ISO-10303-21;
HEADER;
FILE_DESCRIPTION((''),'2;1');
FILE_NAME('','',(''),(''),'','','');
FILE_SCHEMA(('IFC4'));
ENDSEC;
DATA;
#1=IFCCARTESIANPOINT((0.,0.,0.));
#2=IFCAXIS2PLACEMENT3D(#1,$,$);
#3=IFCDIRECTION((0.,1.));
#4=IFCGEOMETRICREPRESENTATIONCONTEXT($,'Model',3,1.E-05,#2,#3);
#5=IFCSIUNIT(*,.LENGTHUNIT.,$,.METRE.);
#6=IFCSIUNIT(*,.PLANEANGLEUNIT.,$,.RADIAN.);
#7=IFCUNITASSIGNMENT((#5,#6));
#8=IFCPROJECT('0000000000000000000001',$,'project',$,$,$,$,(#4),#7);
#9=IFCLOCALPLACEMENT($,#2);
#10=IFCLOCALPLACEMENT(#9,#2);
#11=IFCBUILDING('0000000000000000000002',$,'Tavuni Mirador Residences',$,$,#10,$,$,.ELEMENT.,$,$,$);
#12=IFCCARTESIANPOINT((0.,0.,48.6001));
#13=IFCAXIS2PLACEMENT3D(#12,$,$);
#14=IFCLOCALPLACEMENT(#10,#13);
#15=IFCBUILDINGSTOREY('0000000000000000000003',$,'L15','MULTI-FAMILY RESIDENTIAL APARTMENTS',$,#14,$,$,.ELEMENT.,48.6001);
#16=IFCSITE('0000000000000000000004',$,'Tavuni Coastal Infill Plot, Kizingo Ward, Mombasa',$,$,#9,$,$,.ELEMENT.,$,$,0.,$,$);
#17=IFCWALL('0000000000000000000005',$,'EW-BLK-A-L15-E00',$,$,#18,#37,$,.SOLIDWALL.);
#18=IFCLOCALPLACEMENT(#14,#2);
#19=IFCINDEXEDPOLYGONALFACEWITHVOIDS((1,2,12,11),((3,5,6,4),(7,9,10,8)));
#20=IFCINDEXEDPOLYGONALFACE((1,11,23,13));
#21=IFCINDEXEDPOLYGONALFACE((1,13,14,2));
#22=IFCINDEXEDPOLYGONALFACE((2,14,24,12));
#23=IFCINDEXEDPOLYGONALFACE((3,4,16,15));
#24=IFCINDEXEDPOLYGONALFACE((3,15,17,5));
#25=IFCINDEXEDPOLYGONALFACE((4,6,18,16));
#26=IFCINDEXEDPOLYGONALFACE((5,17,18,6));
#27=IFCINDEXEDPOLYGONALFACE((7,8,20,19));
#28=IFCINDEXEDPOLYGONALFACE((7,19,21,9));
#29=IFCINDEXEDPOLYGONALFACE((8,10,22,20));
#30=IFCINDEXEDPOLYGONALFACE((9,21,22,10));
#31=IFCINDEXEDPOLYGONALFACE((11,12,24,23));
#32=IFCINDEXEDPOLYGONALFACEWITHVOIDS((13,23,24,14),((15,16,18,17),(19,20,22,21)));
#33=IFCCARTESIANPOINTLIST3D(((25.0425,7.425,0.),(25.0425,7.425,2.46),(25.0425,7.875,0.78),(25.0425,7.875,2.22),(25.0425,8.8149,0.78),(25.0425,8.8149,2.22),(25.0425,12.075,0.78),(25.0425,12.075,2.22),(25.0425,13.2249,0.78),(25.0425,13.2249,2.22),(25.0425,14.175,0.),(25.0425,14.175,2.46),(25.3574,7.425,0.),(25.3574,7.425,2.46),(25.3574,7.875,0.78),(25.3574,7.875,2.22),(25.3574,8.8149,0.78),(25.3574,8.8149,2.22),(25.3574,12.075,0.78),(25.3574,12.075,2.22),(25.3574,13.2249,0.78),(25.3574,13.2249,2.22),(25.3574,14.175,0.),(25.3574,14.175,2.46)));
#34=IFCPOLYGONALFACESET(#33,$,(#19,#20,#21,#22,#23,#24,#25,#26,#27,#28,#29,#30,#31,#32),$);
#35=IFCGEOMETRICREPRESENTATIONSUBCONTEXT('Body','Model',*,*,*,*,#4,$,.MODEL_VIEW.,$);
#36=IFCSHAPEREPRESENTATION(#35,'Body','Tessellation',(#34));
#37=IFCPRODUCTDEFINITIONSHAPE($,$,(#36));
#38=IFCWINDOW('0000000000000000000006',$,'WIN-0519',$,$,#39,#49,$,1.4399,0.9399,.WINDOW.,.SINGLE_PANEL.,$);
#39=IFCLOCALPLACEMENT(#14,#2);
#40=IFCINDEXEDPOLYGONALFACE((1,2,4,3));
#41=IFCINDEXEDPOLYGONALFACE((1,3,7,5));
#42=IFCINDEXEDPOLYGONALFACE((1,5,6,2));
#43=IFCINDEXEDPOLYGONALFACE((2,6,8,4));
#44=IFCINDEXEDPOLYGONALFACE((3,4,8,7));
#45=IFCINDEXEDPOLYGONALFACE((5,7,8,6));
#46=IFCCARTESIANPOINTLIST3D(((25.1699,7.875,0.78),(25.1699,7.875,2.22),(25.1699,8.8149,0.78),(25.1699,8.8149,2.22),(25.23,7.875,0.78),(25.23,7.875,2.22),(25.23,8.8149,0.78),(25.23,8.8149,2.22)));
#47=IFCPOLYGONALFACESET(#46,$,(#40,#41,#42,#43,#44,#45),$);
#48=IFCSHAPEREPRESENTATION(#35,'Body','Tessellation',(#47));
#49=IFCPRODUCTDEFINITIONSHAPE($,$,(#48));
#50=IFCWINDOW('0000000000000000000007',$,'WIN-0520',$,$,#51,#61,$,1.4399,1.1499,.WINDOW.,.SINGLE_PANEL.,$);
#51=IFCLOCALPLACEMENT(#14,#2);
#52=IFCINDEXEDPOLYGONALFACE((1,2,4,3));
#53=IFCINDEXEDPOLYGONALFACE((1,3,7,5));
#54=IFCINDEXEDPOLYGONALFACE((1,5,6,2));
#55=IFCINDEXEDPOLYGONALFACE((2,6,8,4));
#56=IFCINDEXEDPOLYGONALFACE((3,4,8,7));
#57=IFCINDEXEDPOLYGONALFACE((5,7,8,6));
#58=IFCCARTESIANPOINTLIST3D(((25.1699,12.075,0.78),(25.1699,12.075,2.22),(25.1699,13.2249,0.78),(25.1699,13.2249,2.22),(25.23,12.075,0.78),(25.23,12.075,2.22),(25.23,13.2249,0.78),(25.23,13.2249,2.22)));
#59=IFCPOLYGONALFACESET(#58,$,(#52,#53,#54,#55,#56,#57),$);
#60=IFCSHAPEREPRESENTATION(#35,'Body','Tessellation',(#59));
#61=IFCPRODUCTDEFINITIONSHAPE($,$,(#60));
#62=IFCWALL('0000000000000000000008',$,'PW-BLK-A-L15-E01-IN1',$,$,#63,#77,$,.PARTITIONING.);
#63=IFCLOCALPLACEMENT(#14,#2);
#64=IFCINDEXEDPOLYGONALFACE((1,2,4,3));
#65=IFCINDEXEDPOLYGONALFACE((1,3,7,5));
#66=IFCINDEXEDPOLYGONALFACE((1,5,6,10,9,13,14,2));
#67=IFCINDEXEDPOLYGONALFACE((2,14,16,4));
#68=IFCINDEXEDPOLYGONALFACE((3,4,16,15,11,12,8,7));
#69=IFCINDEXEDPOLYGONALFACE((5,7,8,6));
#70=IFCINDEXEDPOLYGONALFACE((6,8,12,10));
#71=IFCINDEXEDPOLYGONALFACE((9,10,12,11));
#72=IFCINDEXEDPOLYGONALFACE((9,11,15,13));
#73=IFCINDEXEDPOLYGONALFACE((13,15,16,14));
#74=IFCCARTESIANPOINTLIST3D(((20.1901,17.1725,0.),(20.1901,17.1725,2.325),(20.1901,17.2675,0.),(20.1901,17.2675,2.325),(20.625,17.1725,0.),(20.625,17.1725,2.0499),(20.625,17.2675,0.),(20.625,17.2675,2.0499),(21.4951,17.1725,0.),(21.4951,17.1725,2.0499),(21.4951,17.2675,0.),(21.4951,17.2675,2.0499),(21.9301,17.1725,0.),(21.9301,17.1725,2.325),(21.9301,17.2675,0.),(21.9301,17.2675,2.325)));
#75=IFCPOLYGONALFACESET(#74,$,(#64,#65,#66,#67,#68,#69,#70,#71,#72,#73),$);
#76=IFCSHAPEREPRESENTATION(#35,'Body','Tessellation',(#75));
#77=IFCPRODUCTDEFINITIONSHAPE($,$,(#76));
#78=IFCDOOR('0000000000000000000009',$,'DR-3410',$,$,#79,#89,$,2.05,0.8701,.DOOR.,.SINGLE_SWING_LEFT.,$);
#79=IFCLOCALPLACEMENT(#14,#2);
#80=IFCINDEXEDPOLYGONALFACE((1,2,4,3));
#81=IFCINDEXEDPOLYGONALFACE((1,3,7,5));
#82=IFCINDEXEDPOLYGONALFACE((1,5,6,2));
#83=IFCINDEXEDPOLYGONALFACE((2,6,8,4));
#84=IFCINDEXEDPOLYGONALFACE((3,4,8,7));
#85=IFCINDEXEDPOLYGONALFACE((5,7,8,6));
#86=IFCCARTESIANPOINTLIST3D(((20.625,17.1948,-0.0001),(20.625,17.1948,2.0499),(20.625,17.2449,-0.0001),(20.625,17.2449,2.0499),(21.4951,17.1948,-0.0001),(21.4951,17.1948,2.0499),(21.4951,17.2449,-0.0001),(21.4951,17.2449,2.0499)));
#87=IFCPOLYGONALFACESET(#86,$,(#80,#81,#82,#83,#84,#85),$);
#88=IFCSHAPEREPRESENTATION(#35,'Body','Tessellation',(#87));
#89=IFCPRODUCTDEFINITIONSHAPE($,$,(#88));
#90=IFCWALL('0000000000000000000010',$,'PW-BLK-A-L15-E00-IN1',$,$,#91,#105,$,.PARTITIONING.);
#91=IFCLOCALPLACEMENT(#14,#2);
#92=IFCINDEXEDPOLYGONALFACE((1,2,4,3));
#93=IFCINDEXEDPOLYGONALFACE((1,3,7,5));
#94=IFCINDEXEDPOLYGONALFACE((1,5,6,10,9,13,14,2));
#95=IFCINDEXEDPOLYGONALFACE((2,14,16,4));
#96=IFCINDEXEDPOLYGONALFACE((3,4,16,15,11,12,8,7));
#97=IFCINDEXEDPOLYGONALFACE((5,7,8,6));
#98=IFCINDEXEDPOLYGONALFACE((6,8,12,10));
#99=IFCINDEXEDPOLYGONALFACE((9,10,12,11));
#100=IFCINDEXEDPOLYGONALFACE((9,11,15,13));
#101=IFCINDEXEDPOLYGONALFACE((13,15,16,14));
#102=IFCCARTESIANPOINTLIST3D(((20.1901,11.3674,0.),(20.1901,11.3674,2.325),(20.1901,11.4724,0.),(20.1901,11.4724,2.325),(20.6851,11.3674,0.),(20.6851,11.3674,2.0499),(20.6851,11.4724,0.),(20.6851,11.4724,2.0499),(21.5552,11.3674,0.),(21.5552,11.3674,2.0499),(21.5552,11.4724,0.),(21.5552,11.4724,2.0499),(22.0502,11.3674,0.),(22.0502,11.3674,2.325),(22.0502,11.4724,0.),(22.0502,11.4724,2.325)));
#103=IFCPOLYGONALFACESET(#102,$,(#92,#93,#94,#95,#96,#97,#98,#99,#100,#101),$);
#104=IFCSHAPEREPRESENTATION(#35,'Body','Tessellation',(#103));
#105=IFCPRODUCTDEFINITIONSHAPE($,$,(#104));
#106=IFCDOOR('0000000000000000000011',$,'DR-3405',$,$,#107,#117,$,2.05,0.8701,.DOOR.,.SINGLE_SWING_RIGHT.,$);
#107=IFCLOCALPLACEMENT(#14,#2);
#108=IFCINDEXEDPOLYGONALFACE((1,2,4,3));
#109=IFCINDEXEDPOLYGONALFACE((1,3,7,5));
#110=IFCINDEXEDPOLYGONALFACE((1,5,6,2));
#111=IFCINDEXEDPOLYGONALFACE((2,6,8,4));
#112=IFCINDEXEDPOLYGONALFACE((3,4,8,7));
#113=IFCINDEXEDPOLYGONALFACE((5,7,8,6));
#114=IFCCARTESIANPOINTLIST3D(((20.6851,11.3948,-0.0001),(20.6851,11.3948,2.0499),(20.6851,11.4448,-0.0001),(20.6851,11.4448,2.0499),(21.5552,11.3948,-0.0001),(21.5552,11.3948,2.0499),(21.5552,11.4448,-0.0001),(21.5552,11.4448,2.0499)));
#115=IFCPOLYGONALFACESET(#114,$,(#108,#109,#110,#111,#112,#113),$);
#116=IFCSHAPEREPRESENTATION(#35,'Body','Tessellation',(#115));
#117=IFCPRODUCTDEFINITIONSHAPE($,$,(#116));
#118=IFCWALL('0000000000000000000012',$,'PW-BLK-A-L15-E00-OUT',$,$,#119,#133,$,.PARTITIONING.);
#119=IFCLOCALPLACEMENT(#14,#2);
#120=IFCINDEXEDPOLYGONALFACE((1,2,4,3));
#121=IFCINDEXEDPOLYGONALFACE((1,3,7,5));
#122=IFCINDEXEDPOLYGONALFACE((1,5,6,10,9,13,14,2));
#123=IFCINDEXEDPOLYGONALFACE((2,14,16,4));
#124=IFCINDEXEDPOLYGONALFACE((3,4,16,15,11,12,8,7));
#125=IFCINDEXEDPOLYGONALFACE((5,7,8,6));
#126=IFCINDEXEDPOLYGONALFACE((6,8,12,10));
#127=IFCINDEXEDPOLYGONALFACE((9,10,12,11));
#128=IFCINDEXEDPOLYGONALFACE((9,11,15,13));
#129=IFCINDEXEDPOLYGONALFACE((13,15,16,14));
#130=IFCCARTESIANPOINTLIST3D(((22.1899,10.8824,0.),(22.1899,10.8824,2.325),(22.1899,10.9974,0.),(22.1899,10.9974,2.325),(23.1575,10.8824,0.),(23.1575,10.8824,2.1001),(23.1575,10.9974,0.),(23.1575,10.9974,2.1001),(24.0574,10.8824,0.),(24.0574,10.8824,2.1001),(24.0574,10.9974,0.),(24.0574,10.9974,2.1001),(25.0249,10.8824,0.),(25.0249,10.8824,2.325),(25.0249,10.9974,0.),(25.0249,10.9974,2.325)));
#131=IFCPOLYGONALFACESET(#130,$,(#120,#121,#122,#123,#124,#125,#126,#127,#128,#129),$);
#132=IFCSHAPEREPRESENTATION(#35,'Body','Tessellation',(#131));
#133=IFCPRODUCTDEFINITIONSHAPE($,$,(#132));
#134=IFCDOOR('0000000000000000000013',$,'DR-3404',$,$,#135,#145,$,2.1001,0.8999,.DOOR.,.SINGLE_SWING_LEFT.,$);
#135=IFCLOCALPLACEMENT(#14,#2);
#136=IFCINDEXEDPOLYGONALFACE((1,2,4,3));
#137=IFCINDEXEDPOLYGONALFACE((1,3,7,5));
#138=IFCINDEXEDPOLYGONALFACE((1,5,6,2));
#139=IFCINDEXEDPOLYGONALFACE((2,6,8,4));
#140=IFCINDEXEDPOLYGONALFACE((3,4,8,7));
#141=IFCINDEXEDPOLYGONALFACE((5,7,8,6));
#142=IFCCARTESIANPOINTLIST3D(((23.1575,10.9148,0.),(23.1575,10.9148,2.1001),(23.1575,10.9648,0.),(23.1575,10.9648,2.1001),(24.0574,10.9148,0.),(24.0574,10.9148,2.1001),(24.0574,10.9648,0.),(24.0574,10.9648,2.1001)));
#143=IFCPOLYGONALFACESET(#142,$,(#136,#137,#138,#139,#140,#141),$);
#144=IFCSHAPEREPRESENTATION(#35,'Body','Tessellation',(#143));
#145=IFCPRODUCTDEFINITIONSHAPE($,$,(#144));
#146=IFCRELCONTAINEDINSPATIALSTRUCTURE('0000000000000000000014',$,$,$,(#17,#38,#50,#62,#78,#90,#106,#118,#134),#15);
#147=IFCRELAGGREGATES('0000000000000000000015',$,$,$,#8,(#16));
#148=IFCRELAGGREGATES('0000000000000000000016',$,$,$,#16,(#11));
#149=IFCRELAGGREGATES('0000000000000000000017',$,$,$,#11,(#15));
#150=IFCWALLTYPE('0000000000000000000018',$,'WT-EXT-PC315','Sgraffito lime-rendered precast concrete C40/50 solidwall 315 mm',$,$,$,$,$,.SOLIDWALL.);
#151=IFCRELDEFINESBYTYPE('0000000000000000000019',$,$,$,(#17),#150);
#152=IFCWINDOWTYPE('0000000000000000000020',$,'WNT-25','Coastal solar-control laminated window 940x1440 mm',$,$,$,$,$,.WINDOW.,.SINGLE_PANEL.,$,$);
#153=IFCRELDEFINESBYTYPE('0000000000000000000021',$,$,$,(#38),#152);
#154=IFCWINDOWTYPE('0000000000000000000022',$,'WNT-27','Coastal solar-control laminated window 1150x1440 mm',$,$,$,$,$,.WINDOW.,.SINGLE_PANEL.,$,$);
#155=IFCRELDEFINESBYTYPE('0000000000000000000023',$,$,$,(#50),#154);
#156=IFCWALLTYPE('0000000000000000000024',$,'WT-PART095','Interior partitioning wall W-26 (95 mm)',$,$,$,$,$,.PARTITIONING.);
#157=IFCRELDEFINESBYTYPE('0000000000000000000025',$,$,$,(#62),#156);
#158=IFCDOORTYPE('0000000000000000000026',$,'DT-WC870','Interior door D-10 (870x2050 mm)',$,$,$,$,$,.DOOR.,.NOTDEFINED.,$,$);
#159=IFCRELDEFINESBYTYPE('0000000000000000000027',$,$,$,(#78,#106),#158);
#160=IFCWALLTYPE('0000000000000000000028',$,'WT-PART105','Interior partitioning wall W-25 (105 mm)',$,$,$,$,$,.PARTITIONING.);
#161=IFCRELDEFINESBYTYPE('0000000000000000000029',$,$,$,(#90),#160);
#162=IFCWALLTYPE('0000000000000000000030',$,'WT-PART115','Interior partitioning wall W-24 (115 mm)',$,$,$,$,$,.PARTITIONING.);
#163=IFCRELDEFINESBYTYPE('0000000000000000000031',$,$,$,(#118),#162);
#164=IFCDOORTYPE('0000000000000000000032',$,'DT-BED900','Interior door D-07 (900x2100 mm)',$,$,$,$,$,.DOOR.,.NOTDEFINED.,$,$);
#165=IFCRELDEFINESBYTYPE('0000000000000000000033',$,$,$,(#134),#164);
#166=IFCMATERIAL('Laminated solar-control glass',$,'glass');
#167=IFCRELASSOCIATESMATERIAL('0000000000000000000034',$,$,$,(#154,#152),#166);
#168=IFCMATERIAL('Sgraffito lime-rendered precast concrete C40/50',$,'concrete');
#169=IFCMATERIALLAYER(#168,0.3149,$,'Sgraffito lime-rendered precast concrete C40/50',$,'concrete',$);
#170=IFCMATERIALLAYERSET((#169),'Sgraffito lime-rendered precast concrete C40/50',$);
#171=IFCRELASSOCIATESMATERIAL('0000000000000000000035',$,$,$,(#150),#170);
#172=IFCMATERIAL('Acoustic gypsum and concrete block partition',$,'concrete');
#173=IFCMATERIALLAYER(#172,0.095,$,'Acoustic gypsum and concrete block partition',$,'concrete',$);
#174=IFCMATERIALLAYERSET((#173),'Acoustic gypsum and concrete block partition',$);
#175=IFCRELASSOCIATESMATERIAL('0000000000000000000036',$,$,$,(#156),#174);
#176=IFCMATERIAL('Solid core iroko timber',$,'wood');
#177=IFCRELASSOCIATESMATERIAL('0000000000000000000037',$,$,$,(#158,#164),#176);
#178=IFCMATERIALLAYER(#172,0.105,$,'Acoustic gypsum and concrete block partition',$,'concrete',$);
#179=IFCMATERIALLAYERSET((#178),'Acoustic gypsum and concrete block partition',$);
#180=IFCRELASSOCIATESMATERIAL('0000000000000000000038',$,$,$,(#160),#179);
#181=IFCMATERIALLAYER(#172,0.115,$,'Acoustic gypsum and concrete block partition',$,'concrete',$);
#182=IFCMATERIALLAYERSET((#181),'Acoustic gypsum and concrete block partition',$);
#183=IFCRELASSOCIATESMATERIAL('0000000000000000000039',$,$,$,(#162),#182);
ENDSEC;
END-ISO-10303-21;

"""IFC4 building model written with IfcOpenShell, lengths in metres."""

from ifc_helpers import new_model, si_unit, direction, frame, frame_2d, origin, place, context, subcontext, project, spatial, rectangle, extrude, material, layer, layer_set, type_object, element, fill, save


model = new_model("IFC4")

# Units and contexts
model_context = context("Model", 3, precision=1e-05, world=origin(), true_north=direction((0.0, 1.0)))
body_context = subcontext(model_context, "Body", "Model", "MODEL_VIEW")
ifc_project = project(units=[si_unit("LENGTHUNIT", "METRE"), si_unit("PLANEANGLEUNIT", "RADIAN")], contexts=[model_context])

# Site, building, storey
site_placement = place(None, origin())
site = spatial("IfcSite", under=ifc_project, at=site_placement, Name="Tavuni Coastal Infill Plot, Kizingo Ward, Mombasa", CompositionType="ELEMENT", RefElevation=0.0)
building_placement = place(site_placement, origin())
building = spatial("IfcBuilding", under=site, at=building_placement, Name="Tavuni Mirador Residences", CompositionType="ELEMENT")
storey_placement = place(building_placement, frame((0.0, 0.0, 48.6001)))
storey = spatial("IfcBuildingStorey", under=building, at=storey_placement, Name="L15", Description="MULTI-FAMILY RESIDENTIAL APARTMENTS", CompositionType="ELEMENT", Elevation=48.6001)

# Shared definitions
ifc_material_1 = material(Name="Solid core iroko timber", Category="wood")

# Wall, openings, windows
ifc_material_2 = material(Name="Sgraffito lime-rendered precast concrete C40/50", Category="concrete")
ifc_material_3 = material(Name="Laminated solar-control glass", Category="glass")
window_type_1 = type_object("IfcWindowType", Name="WNT-27", Description="Coastal solar-control laminated window 1150x1440 mm", PartitioningType="SINGLE_PANEL", PredefinedType="WINDOW", material=ifc_material_3)
ifc_layer_1 = layer(ifc_material_2, 0.3149, Name="Sgraffito lime-rendered precast concrete C40/50", Category="concrete")
ifc_layer_set_1 = layer_set([ifc_layer_1], Name="Sgraffito lime-rendered precast concrete C40/50")
wall_type_1 = type_object("IfcWallType", Name="WT-EXT-PC315", Description="Sgraffito lime-rendered precast concrete C40/50 solidwall 315 mm", PredefinedType="SOLIDWALL", material=ifc_layer_set_1)
wall_1_placement = place(storey_placement, frame((25.2, 7.425, 0.0), z_axis=(0.0, 0.0, 1.0), x_axis=(0.0, 1.0, 0.0)))
wall_1 = element("IfcWall", 1, at=wall_1_placement, inside=storey, type_object=wall_type_1, Name="EW-BLK-A-L15-E00", PredefinedType="SOLIDWALL", context=body_context, shape_type="SweptSolid", body=[
    extrude(rectangle(XDim=6.75, YDim=0.3149, at=frame_2d((3.375, 0.0))), origin(), (0.0, 0.0, 1.0), 2.46),
])
opening_1_placement = place(wall_1_placement, frame((0.45, 0.0, 0.78)))
opening_1 = element("IfcOpeningElement", 2, at=opening_1_placement, cuts=wall_1, PredefinedType="OPENING", context=body_context, shape_type="SweptSolid", body=[
    extrude(rectangle(XDim=0.9399, YDim=1.4399, at=frame_2d((0.47, 0.72))), frame((0.0, 0.1675, 0.0), z_axis=(0.0, -1.0, 0.0), x_axis=(1.0, 0.0, 0.0)), (0.0, 0.0, 1.0), 0.335),
])
opening_2_placement = place(wall_1_placement, frame((4.6499, 0.0, 0.78)))
opening_2 = element("IfcOpeningElement", 3, at=opening_2_placement, cuts=wall_1, PredefinedType="OPENING", context=body_context, shape_type="SweptSolid", body=[
    extrude(rectangle(XDim=1.1499, YDim=1.4399, at=frame_2d((0.575, 0.72))), frame((0.0, 0.1675, 0.0), z_axis=(0.0, -1.0, 0.0), x_axis=(1.0, 0.0, 0.0)), (0.0, 0.0, 1.0), 0.335),
])
window_type_2 = type_object("IfcWindowType", Name="WNT-25", Description="Coastal solar-control laminated window 940x1440 mm", PartitioningType="SINGLE_PANEL", PredefinedType="WINDOW", material=ifc_material_3)
window_1_placement = place(opening_1_placement, origin())
window_1 = element("IfcWindow", 4, at=window_1_placement, inside=storey, type_object=window_type_2, Name="WIN-0519", OverallHeight=1.4399, OverallWidth=0.9399, PartitioningType="SINGLE_PANEL", PredefinedType="WINDOW", context=body_context, shape_type="SweptSolid", body=[
    extrude(rectangle(XDim=0.9399, YDim=1.4399, at=frame_2d((0.47, 0.72))), frame((0.0, 0.03, 0.0), z_axis=(0.0, -1.0, 0.0), x_axis=(1.0, 0.0, 0.0)), (0.0, 0.0, 1.0), 0.0601),
])
fill(opening_1, window_1)
window_2_placement = place(opening_2_placement, origin())
window_2 = element("IfcWindow", 5, at=window_2_placement, inside=storey, type_object=window_type_1, Name="WIN-0520", OverallHeight=1.4399, OverallWidth=1.1499, PartitioningType="SINGLE_PANEL", PredefinedType="WINDOW", context=body_context, shape_type="SweptSolid", body=[
    extrude(rectangle(XDim=1.1499, YDim=1.4399, at=frame_2d((0.575, 0.72))), frame((0.0, 0.03, 0.0), z_axis=(0.0, -1.0, 0.0), x_axis=(1.0, 0.0, 0.0)), (0.0, 0.0, 1.0), 0.0601),
])
fill(opening_2, window_2)

# Walls, openings, doors
ifc_material_4 = material(Name="Acoustic gypsum and concrete block partition", Category="concrete")
ifc_layer_2 = layer(ifc_material_4, 0.095, Name="Acoustic gypsum and concrete block partition", Category="concrete")
ifc_layer_set_2 = layer_set([ifc_layer_2], Name="Acoustic gypsum and concrete block partition")
wall_type_2 = type_object("IfcWallType", Name="WT-PART095", Description="Interior partitioning wall W-26 (95 mm)", PredefinedType="PARTITIONING", material=ifc_layer_set_2)
wall_2_placement = place(storey_placement, frame((20.1899, 17.22, 0.0), z_axis=(0.0, 0.0, 1.0), x_axis=(1.0, 0.0, 0.0)))
wall_2 = element("IfcWall", 6, at=wall_2_placement, inside=storey, type_object=wall_type_2, Name="PW-BLK-A-L15-E01-IN1", PredefinedType="PARTITIONING", context=body_context, shape_type="SweptSolid", body=[
    extrude(rectangle(XDim=1.74, YDim=0.095, at=frame_2d((0.8701, 0.0))), origin(), (0.0, 0.0, 1.0), 2.325),
])
opening_3_placement = place(wall_2_placement, frame((0.4351, 0.0, 0.0)))
opening_3 = element("IfcOpeningElement", 7, at=opening_3_placement, cuts=wall_2, PredefinedType="OPENING", context=body_context, shape_type="SweptSolid", body=[
    extrude(rectangle(XDim=0.8701, YDim=2.05, at=frame_2d((0.4351, 1.0249))), frame((0.0, 0.0576, 0.0), z_axis=(0.0, -1.0, 0.0), x_axis=(1.0, 0.0, 0.0)), (0.0, 0.0, 1.0), 0.115),
])
door_type_1 = type_object("IfcDoorType", Name="DT-WC870", Description="Interior door D-10 (870x2050 mm)", OperationType="NOTDEFINED", PredefinedType="DOOR", material=ifc_material_1)
door_1_placement = place(opening_3_placement, origin())
door_1 = element("IfcDoor", 8, at=door_1_placement, inside=storey, type_object=door_type_1, Name="DR-3410", OperationType="SINGLE_SWING_LEFT", OverallHeight=2.05, OverallWidth=0.8701, PredefinedType="DOOR", context=body_context, shape_type="SweptSolid", body=[
    extrude(rectangle(XDim=0.8701, YDim=2.05, at=frame_2d((0.4351, 1.0249))), frame((0.0, 0.0249, 0.0), z_axis=(0.0, -1.0, 0.0), x_axis=(1.0, 0.0, 0.0)), (0.0, 0.0, 1.0), 0.05),
])
fill(opening_3, door_1)
ifc_layer_3 = layer(ifc_material_4, 0.105, Name="Acoustic gypsum and concrete block partition", Category="concrete")
ifc_layer_set_3 = layer_set([ifc_layer_3], Name="Acoustic gypsum and concrete block partition")
wall_type_3 = type_object("IfcWallType", Name="WT-PART105", Description="Interior partitioning wall W-25 (105 mm)", PredefinedType="PARTITIONING", material=ifc_layer_set_3)
wall_3_placement = place(storey_placement, frame((20.1899, 11.4199, 0.0), z_axis=(0.0, 0.0, 1.0), x_axis=(1.0, 0.0, 0.0)))
wall_3 = element("IfcWall", 9, at=wall_3_placement, inside=storey, type_object=wall_type_3, Name="PW-BLK-A-L15-E00-IN1", PredefinedType="PARTITIONING", context=body_context, shape_type="SweptSolid", body=[
    extrude(rectangle(XDim=1.8601, YDim=0.105, at=frame_2d((0.9302, 0.0))), origin(), (0.0, 0.0, 1.0), 2.325),
])
opening_4_placement = place(wall_3_placement, frame((0.4951, 0.0, 0.0)))
opening_4 = element("IfcOpeningElement", 10, at=opening_4_placement, cuts=wall_3, PredefinedType="OPENING", context=body_context, shape_type="SweptSolid", body=[
    extrude(rectangle(XDim=0.8701, YDim=2.05, at=frame_2d((0.4351, 1.0249))), frame((0.0, 0.0625, 0.0), z_axis=(0.0, -1.0, 0.0), x_axis=(1.0, 0.0, 0.0)), (0.0, 0.0, 1.0), 0.125),
])
door_2_placement = place(opening_4_placement, origin())
door_2 = element("IfcDoor", 11, at=door_2_placement, inside=storey, type_object=door_type_1, Name="DR-3405", OperationType="SINGLE_SWING_RIGHT", OverallHeight=2.05, OverallWidth=0.8701, PredefinedType="DOOR", context=body_context, shape_type="SweptSolid", body=[
    extrude(rectangle(XDim=0.8701, YDim=2.05, at=frame_2d((0.4351, 1.0249))), frame((0.0, 0.0249, 0.0), z_axis=(0.0, -1.0, 0.0), x_axis=(1.0, 0.0, 0.0)), (0.0, 0.0, 1.0), 0.05),
])
fill(opening_4, door_2)
ifc_layer_4 = layer(ifc_material_4, 0.115, Name="Acoustic gypsum and concrete block partition", Category="concrete")
ifc_layer_set_4 = layer_set([ifc_layer_4], Name="Acoustic gypsum and concrete block partition")
wall_type_4 = type_object("IfcWallType", Name="WT-PART115", Description="Interior partitioning wall W-24 (115 mm)", PredefinedType="PARTITIONING", material=ifc_layer_set_4)
wall_4_placement = place(storey_placement, frame((22.1899, 10.9399, 0.0), z_axis=(0.0, 0.0, 1.0), x_axis=(1.0, 0.0, 0.0)))
wall_4 = element("IfcWall", 12, at=wall_4_placement, inside=storey, type_object=wall_type_4, Name="PW-BLK-A-L15-E00-OUT", PredefinedType="PARTITIONING", context=body_context, shape_type="SweptSolid", body=[
    extrude(rectangle(XDim=2.835, YDim=0.115, at=frame_2d((1.4175, 0.0))), origin(), (0.0, 0.0, 1.0), 2.325),
])
opening_5_placement = place(wall_4_placement, frame((0.9675, 0.0, 0.0)))
opening_5 = element("IfcOpeningElement", 13, at=opening_5_placement, cuts=wall_4, PredefinedType="OPENING", context=body_context, shape_type="SweptSolid", body=[
    extrude(rectangle(XDim=0.8999, YDim=2.1001, at=frame_2d((0.45, 1.05))), frame((0.0, 0.0674, 0.0), z_axis=(0.0, -1.0, 0.0), x_axis=(1.0, 0.0, 0.0)), (0.0, 0.0, 1.0), 0.135),
])
door_type_2 = type_object("IfcDoorType", Name="DT-BED900", Description="Interior door D-07 (900x2100 mm)", OperationType="NOTDEFINED", PredefinedType="DOOR", material=ifc_material_1)
door_3_placement = place(opening_5_placement, origin())
door_3 = element("IfcDoor", 14, at=door_3_placement, inside=storey, type_object=door_type_2, Name="DR-3404", OperationType="SINGLE_SWING_LEFT", OverallHeight=2.1001, OverallWidth=0.8999, PredefinedType="DOOR", context=body_context, shape_type="SweptSolid", body=[
    extrude(rectangle(XDim=0.8999, YDim=2.1001, at=frame_2d((0.45, 1.05))), frame((0.0, 0.0249, 0.0), z_axis=(0.0, -1.0, 0.0), x_axis=(1.0, 0.0, 0.0)), (0.0, 0.0, 1.0), 0.05),
])
fill(opening_5, door_3)

save(model, "model.ifc")
